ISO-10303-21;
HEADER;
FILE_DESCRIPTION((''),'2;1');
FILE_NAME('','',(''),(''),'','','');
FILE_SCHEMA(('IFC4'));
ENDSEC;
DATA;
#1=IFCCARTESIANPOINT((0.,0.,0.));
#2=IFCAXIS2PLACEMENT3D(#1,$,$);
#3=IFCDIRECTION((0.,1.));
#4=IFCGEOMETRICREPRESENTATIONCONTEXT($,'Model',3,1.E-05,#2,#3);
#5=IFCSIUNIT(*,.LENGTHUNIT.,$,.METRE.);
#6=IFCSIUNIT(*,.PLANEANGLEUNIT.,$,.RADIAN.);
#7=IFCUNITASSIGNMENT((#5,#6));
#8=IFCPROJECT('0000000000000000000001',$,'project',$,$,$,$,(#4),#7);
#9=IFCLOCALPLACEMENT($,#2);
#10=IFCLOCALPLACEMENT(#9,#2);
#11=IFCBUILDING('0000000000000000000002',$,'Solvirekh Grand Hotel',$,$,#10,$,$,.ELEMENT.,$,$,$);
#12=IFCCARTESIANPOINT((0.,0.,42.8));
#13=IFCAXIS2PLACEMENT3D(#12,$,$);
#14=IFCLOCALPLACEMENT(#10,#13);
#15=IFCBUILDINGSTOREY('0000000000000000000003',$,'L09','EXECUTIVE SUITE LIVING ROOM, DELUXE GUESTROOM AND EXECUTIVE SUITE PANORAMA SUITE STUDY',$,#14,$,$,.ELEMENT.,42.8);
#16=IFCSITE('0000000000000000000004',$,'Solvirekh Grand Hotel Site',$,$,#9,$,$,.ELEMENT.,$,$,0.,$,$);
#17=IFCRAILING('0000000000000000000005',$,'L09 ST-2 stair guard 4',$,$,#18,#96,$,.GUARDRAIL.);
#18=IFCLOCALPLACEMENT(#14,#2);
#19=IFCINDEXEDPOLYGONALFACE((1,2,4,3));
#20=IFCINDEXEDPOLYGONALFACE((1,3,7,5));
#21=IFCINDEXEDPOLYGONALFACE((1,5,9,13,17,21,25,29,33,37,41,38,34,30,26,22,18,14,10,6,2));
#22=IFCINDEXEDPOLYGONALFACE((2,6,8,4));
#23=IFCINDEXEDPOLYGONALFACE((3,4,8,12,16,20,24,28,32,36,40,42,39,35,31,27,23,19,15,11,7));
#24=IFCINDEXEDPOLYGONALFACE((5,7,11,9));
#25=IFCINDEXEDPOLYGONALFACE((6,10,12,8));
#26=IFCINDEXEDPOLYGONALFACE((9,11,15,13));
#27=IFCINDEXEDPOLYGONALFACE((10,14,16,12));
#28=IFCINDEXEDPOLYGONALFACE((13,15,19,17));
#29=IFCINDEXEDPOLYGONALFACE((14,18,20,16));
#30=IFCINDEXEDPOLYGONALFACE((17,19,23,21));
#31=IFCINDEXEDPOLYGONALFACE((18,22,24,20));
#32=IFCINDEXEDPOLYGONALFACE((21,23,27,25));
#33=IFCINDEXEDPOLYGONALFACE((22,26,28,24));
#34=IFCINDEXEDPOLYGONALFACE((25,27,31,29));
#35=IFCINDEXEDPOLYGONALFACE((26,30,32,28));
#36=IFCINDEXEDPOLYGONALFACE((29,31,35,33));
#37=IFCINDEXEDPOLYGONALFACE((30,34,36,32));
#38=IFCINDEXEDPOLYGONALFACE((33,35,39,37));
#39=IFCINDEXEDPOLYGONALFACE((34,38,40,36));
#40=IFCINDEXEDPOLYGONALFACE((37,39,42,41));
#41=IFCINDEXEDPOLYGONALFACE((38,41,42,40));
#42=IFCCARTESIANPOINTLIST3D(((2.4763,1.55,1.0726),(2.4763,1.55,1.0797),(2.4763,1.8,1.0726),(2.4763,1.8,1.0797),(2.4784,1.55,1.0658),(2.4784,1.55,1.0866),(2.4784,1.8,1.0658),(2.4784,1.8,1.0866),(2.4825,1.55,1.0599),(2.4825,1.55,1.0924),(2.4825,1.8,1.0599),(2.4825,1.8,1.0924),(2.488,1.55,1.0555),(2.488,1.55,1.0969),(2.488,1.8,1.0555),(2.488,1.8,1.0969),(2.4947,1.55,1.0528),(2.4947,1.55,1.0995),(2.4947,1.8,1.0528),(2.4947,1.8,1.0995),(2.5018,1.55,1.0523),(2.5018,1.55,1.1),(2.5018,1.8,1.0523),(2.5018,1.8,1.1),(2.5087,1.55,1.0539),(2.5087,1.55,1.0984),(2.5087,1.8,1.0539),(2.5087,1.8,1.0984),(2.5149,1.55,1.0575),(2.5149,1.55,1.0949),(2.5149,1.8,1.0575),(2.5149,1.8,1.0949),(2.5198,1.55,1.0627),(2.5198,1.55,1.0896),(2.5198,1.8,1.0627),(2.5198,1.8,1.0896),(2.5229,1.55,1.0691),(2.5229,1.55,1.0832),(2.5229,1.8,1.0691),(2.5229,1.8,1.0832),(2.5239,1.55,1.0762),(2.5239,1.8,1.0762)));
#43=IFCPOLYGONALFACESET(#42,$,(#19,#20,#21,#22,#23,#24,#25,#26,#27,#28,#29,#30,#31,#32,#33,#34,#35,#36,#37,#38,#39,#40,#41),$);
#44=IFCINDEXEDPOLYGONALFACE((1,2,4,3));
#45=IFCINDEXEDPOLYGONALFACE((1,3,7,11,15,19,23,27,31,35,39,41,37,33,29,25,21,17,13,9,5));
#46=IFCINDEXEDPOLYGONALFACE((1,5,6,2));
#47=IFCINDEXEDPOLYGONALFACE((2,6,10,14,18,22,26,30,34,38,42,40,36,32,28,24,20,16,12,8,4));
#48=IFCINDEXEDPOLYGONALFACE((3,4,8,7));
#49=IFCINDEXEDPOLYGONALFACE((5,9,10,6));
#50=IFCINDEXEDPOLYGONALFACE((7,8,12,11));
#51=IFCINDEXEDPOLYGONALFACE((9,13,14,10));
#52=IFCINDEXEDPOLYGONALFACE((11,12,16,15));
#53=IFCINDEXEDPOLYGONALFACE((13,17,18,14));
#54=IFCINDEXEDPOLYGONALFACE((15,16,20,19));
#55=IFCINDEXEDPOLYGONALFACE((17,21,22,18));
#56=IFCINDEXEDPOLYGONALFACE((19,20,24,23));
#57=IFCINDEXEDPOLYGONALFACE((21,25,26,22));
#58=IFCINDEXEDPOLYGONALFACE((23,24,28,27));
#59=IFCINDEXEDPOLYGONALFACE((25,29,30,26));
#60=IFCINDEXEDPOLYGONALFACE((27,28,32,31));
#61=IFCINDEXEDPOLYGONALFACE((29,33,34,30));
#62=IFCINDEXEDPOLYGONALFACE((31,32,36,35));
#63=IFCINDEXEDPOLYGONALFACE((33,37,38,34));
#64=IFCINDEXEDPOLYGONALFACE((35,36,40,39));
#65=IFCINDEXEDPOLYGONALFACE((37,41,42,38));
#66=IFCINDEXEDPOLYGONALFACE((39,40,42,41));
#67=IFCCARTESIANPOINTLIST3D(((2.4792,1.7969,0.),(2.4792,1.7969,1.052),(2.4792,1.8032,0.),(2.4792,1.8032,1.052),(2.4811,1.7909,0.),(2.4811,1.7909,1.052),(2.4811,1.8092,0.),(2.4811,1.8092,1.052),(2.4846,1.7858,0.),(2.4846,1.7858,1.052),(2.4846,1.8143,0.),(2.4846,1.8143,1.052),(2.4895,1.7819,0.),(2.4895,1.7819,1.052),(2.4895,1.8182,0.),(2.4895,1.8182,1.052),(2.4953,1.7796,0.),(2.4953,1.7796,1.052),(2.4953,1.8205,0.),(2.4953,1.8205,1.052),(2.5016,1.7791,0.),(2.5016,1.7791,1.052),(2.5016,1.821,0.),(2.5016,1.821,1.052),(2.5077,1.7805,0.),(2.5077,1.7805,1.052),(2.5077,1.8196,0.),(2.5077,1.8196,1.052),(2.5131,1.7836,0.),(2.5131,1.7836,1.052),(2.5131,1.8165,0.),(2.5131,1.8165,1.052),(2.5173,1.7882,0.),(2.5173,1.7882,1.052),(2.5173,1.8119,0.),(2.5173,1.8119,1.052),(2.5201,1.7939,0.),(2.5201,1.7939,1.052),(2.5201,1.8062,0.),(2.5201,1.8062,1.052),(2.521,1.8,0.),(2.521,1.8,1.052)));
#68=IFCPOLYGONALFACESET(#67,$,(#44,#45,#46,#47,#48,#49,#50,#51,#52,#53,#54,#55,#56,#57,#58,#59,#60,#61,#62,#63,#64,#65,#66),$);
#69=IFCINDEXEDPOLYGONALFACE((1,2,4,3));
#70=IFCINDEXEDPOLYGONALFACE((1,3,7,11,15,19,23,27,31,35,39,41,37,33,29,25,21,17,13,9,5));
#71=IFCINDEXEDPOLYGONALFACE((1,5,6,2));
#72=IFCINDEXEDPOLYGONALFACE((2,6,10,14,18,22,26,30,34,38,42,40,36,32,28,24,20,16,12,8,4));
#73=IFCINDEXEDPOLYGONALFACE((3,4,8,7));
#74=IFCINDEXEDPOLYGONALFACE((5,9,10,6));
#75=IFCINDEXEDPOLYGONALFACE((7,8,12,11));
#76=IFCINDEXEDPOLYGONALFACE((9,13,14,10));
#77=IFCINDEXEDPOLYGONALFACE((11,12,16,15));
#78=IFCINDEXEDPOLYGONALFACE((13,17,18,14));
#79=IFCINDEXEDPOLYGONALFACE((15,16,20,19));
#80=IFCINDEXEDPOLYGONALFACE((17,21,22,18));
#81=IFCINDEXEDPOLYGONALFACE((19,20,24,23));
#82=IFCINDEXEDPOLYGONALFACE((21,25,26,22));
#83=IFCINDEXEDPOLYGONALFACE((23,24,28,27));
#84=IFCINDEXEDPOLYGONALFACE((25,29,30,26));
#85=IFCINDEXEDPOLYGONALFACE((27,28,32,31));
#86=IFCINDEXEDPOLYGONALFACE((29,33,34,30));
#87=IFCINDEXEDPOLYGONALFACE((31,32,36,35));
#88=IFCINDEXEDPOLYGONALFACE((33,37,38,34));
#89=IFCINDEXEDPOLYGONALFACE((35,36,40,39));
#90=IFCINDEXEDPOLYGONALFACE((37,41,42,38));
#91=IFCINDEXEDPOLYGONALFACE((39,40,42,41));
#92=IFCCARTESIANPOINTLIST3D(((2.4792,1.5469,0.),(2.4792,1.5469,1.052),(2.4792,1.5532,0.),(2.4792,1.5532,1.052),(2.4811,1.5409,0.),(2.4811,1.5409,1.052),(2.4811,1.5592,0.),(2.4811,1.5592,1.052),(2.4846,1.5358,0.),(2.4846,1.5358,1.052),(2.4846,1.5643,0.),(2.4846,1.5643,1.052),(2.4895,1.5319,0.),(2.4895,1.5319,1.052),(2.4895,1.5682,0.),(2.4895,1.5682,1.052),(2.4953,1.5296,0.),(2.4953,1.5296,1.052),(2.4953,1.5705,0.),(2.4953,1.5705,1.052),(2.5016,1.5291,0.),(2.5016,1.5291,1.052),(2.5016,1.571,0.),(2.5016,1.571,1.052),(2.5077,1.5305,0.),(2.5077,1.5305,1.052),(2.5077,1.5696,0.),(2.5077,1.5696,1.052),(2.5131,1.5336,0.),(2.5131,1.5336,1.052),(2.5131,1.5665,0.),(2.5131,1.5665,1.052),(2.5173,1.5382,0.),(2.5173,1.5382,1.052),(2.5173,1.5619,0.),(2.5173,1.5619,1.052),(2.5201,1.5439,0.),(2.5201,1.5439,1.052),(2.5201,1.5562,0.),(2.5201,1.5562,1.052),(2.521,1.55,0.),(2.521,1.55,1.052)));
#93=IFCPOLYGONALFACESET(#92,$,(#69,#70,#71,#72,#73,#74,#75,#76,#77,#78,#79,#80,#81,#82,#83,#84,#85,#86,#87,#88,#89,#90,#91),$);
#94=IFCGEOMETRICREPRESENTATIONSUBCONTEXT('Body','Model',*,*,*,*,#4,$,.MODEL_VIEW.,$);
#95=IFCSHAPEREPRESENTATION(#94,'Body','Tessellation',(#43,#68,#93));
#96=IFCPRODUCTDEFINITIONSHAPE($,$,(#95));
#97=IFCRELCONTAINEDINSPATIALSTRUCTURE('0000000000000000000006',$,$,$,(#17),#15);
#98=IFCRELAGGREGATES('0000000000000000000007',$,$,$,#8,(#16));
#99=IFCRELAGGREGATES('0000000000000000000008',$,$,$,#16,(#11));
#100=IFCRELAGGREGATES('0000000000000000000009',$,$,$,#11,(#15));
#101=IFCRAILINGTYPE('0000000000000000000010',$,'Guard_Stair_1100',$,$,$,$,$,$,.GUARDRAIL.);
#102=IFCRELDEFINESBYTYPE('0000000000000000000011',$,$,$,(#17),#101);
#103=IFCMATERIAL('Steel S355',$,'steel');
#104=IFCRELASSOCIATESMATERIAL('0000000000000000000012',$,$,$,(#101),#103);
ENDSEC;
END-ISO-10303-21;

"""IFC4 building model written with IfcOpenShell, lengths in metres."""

from ifc_helpers import new_model, si_unit, direction, frame, origin, origin_2d, place, context, subcontext, project, spatial, circle, extrude, material, type_object, element, save


model = new_model("IFC4")

# Units and contexts
model_context = context("Model", 3, precision=1e-05, world=origin(), true_north=direction((0.0, 1.0)))
body_context = subcontext(model_context, "Body", "Model", "MODEL_VIEW")
ifc_project = project(units=[si_unit("LENGTHUNIT", "METRE"), si_unit("PLANEANGLEUNIT", "RADIAN")], contexts=[model_context])

# Site, building, storey
site_placement = place(None, origin())
site = spatial("IfcSite", under=ifc_project, at=site_placement, Name="Solvirekh Grand Hotel Site", CompositionType="ELEMENT", RefElevation=0.0)
building_placement = place(site_placement, origin())
building = spatial("IfcBuilding", under=site, at=building_placement, Name="Solvirekh Grand Hotel", CompositionType="ELEMENT")
storey_placement = place(building_placement, frame((0.0, 0.0, 42.8)))
storey = spatial("IfcBuildingStorey", under=building, at=storey_placement, Name="L09", Description="EXECUTIVE SUITE LIVING ROOM, DELUXE GUESTROOM AND EXECUTIVE SUITE PANORAMA SUITE STUDY", CompositionType="ELEMENT", Elevation=42.8)

# Shared definitions
ifc_material_1 = material(Name="Steel S355", Category="steel")

# Railing
railing_type_1 = type_object("IfcRailingType", Name="Guard_Stair_1100", PredefinedType="GUARDRAIL", material=ifc_material_1)
railing_1_placement = place(storey_placement, frame((2.5, 1.8, 0.0)))
element("IfcRailing", 1, at=railing_1_placement, inside=storey, type_object=railing_type_1, Name="L09 ST-2 stair guard 4", PredefinedType="GUARDRAIL", context=body_context, shape_type="SweptSolid", body=[
    extrude(circle(Radius=0.0239, at=origin_2d()), frame((0.0, 0.0, 1.0762), z_axis=(0.0, -1.0, 0.0), x_axis=(1.0, 0.0, 0.0)), (0.0, 0.0, 1.0), 0.25),
    extrude(circle(Radius=0.021, at=origin_2d()), origin(), (0.0, 0.0, 1.0), 1.052),
    extrude(circle(Radius=0.021, at=origin_2d()), frame((0.0, -0.25, 0.0)), (0.0, 0.0, 1.0), 1.052),
])

save(model, "model.ifc")
